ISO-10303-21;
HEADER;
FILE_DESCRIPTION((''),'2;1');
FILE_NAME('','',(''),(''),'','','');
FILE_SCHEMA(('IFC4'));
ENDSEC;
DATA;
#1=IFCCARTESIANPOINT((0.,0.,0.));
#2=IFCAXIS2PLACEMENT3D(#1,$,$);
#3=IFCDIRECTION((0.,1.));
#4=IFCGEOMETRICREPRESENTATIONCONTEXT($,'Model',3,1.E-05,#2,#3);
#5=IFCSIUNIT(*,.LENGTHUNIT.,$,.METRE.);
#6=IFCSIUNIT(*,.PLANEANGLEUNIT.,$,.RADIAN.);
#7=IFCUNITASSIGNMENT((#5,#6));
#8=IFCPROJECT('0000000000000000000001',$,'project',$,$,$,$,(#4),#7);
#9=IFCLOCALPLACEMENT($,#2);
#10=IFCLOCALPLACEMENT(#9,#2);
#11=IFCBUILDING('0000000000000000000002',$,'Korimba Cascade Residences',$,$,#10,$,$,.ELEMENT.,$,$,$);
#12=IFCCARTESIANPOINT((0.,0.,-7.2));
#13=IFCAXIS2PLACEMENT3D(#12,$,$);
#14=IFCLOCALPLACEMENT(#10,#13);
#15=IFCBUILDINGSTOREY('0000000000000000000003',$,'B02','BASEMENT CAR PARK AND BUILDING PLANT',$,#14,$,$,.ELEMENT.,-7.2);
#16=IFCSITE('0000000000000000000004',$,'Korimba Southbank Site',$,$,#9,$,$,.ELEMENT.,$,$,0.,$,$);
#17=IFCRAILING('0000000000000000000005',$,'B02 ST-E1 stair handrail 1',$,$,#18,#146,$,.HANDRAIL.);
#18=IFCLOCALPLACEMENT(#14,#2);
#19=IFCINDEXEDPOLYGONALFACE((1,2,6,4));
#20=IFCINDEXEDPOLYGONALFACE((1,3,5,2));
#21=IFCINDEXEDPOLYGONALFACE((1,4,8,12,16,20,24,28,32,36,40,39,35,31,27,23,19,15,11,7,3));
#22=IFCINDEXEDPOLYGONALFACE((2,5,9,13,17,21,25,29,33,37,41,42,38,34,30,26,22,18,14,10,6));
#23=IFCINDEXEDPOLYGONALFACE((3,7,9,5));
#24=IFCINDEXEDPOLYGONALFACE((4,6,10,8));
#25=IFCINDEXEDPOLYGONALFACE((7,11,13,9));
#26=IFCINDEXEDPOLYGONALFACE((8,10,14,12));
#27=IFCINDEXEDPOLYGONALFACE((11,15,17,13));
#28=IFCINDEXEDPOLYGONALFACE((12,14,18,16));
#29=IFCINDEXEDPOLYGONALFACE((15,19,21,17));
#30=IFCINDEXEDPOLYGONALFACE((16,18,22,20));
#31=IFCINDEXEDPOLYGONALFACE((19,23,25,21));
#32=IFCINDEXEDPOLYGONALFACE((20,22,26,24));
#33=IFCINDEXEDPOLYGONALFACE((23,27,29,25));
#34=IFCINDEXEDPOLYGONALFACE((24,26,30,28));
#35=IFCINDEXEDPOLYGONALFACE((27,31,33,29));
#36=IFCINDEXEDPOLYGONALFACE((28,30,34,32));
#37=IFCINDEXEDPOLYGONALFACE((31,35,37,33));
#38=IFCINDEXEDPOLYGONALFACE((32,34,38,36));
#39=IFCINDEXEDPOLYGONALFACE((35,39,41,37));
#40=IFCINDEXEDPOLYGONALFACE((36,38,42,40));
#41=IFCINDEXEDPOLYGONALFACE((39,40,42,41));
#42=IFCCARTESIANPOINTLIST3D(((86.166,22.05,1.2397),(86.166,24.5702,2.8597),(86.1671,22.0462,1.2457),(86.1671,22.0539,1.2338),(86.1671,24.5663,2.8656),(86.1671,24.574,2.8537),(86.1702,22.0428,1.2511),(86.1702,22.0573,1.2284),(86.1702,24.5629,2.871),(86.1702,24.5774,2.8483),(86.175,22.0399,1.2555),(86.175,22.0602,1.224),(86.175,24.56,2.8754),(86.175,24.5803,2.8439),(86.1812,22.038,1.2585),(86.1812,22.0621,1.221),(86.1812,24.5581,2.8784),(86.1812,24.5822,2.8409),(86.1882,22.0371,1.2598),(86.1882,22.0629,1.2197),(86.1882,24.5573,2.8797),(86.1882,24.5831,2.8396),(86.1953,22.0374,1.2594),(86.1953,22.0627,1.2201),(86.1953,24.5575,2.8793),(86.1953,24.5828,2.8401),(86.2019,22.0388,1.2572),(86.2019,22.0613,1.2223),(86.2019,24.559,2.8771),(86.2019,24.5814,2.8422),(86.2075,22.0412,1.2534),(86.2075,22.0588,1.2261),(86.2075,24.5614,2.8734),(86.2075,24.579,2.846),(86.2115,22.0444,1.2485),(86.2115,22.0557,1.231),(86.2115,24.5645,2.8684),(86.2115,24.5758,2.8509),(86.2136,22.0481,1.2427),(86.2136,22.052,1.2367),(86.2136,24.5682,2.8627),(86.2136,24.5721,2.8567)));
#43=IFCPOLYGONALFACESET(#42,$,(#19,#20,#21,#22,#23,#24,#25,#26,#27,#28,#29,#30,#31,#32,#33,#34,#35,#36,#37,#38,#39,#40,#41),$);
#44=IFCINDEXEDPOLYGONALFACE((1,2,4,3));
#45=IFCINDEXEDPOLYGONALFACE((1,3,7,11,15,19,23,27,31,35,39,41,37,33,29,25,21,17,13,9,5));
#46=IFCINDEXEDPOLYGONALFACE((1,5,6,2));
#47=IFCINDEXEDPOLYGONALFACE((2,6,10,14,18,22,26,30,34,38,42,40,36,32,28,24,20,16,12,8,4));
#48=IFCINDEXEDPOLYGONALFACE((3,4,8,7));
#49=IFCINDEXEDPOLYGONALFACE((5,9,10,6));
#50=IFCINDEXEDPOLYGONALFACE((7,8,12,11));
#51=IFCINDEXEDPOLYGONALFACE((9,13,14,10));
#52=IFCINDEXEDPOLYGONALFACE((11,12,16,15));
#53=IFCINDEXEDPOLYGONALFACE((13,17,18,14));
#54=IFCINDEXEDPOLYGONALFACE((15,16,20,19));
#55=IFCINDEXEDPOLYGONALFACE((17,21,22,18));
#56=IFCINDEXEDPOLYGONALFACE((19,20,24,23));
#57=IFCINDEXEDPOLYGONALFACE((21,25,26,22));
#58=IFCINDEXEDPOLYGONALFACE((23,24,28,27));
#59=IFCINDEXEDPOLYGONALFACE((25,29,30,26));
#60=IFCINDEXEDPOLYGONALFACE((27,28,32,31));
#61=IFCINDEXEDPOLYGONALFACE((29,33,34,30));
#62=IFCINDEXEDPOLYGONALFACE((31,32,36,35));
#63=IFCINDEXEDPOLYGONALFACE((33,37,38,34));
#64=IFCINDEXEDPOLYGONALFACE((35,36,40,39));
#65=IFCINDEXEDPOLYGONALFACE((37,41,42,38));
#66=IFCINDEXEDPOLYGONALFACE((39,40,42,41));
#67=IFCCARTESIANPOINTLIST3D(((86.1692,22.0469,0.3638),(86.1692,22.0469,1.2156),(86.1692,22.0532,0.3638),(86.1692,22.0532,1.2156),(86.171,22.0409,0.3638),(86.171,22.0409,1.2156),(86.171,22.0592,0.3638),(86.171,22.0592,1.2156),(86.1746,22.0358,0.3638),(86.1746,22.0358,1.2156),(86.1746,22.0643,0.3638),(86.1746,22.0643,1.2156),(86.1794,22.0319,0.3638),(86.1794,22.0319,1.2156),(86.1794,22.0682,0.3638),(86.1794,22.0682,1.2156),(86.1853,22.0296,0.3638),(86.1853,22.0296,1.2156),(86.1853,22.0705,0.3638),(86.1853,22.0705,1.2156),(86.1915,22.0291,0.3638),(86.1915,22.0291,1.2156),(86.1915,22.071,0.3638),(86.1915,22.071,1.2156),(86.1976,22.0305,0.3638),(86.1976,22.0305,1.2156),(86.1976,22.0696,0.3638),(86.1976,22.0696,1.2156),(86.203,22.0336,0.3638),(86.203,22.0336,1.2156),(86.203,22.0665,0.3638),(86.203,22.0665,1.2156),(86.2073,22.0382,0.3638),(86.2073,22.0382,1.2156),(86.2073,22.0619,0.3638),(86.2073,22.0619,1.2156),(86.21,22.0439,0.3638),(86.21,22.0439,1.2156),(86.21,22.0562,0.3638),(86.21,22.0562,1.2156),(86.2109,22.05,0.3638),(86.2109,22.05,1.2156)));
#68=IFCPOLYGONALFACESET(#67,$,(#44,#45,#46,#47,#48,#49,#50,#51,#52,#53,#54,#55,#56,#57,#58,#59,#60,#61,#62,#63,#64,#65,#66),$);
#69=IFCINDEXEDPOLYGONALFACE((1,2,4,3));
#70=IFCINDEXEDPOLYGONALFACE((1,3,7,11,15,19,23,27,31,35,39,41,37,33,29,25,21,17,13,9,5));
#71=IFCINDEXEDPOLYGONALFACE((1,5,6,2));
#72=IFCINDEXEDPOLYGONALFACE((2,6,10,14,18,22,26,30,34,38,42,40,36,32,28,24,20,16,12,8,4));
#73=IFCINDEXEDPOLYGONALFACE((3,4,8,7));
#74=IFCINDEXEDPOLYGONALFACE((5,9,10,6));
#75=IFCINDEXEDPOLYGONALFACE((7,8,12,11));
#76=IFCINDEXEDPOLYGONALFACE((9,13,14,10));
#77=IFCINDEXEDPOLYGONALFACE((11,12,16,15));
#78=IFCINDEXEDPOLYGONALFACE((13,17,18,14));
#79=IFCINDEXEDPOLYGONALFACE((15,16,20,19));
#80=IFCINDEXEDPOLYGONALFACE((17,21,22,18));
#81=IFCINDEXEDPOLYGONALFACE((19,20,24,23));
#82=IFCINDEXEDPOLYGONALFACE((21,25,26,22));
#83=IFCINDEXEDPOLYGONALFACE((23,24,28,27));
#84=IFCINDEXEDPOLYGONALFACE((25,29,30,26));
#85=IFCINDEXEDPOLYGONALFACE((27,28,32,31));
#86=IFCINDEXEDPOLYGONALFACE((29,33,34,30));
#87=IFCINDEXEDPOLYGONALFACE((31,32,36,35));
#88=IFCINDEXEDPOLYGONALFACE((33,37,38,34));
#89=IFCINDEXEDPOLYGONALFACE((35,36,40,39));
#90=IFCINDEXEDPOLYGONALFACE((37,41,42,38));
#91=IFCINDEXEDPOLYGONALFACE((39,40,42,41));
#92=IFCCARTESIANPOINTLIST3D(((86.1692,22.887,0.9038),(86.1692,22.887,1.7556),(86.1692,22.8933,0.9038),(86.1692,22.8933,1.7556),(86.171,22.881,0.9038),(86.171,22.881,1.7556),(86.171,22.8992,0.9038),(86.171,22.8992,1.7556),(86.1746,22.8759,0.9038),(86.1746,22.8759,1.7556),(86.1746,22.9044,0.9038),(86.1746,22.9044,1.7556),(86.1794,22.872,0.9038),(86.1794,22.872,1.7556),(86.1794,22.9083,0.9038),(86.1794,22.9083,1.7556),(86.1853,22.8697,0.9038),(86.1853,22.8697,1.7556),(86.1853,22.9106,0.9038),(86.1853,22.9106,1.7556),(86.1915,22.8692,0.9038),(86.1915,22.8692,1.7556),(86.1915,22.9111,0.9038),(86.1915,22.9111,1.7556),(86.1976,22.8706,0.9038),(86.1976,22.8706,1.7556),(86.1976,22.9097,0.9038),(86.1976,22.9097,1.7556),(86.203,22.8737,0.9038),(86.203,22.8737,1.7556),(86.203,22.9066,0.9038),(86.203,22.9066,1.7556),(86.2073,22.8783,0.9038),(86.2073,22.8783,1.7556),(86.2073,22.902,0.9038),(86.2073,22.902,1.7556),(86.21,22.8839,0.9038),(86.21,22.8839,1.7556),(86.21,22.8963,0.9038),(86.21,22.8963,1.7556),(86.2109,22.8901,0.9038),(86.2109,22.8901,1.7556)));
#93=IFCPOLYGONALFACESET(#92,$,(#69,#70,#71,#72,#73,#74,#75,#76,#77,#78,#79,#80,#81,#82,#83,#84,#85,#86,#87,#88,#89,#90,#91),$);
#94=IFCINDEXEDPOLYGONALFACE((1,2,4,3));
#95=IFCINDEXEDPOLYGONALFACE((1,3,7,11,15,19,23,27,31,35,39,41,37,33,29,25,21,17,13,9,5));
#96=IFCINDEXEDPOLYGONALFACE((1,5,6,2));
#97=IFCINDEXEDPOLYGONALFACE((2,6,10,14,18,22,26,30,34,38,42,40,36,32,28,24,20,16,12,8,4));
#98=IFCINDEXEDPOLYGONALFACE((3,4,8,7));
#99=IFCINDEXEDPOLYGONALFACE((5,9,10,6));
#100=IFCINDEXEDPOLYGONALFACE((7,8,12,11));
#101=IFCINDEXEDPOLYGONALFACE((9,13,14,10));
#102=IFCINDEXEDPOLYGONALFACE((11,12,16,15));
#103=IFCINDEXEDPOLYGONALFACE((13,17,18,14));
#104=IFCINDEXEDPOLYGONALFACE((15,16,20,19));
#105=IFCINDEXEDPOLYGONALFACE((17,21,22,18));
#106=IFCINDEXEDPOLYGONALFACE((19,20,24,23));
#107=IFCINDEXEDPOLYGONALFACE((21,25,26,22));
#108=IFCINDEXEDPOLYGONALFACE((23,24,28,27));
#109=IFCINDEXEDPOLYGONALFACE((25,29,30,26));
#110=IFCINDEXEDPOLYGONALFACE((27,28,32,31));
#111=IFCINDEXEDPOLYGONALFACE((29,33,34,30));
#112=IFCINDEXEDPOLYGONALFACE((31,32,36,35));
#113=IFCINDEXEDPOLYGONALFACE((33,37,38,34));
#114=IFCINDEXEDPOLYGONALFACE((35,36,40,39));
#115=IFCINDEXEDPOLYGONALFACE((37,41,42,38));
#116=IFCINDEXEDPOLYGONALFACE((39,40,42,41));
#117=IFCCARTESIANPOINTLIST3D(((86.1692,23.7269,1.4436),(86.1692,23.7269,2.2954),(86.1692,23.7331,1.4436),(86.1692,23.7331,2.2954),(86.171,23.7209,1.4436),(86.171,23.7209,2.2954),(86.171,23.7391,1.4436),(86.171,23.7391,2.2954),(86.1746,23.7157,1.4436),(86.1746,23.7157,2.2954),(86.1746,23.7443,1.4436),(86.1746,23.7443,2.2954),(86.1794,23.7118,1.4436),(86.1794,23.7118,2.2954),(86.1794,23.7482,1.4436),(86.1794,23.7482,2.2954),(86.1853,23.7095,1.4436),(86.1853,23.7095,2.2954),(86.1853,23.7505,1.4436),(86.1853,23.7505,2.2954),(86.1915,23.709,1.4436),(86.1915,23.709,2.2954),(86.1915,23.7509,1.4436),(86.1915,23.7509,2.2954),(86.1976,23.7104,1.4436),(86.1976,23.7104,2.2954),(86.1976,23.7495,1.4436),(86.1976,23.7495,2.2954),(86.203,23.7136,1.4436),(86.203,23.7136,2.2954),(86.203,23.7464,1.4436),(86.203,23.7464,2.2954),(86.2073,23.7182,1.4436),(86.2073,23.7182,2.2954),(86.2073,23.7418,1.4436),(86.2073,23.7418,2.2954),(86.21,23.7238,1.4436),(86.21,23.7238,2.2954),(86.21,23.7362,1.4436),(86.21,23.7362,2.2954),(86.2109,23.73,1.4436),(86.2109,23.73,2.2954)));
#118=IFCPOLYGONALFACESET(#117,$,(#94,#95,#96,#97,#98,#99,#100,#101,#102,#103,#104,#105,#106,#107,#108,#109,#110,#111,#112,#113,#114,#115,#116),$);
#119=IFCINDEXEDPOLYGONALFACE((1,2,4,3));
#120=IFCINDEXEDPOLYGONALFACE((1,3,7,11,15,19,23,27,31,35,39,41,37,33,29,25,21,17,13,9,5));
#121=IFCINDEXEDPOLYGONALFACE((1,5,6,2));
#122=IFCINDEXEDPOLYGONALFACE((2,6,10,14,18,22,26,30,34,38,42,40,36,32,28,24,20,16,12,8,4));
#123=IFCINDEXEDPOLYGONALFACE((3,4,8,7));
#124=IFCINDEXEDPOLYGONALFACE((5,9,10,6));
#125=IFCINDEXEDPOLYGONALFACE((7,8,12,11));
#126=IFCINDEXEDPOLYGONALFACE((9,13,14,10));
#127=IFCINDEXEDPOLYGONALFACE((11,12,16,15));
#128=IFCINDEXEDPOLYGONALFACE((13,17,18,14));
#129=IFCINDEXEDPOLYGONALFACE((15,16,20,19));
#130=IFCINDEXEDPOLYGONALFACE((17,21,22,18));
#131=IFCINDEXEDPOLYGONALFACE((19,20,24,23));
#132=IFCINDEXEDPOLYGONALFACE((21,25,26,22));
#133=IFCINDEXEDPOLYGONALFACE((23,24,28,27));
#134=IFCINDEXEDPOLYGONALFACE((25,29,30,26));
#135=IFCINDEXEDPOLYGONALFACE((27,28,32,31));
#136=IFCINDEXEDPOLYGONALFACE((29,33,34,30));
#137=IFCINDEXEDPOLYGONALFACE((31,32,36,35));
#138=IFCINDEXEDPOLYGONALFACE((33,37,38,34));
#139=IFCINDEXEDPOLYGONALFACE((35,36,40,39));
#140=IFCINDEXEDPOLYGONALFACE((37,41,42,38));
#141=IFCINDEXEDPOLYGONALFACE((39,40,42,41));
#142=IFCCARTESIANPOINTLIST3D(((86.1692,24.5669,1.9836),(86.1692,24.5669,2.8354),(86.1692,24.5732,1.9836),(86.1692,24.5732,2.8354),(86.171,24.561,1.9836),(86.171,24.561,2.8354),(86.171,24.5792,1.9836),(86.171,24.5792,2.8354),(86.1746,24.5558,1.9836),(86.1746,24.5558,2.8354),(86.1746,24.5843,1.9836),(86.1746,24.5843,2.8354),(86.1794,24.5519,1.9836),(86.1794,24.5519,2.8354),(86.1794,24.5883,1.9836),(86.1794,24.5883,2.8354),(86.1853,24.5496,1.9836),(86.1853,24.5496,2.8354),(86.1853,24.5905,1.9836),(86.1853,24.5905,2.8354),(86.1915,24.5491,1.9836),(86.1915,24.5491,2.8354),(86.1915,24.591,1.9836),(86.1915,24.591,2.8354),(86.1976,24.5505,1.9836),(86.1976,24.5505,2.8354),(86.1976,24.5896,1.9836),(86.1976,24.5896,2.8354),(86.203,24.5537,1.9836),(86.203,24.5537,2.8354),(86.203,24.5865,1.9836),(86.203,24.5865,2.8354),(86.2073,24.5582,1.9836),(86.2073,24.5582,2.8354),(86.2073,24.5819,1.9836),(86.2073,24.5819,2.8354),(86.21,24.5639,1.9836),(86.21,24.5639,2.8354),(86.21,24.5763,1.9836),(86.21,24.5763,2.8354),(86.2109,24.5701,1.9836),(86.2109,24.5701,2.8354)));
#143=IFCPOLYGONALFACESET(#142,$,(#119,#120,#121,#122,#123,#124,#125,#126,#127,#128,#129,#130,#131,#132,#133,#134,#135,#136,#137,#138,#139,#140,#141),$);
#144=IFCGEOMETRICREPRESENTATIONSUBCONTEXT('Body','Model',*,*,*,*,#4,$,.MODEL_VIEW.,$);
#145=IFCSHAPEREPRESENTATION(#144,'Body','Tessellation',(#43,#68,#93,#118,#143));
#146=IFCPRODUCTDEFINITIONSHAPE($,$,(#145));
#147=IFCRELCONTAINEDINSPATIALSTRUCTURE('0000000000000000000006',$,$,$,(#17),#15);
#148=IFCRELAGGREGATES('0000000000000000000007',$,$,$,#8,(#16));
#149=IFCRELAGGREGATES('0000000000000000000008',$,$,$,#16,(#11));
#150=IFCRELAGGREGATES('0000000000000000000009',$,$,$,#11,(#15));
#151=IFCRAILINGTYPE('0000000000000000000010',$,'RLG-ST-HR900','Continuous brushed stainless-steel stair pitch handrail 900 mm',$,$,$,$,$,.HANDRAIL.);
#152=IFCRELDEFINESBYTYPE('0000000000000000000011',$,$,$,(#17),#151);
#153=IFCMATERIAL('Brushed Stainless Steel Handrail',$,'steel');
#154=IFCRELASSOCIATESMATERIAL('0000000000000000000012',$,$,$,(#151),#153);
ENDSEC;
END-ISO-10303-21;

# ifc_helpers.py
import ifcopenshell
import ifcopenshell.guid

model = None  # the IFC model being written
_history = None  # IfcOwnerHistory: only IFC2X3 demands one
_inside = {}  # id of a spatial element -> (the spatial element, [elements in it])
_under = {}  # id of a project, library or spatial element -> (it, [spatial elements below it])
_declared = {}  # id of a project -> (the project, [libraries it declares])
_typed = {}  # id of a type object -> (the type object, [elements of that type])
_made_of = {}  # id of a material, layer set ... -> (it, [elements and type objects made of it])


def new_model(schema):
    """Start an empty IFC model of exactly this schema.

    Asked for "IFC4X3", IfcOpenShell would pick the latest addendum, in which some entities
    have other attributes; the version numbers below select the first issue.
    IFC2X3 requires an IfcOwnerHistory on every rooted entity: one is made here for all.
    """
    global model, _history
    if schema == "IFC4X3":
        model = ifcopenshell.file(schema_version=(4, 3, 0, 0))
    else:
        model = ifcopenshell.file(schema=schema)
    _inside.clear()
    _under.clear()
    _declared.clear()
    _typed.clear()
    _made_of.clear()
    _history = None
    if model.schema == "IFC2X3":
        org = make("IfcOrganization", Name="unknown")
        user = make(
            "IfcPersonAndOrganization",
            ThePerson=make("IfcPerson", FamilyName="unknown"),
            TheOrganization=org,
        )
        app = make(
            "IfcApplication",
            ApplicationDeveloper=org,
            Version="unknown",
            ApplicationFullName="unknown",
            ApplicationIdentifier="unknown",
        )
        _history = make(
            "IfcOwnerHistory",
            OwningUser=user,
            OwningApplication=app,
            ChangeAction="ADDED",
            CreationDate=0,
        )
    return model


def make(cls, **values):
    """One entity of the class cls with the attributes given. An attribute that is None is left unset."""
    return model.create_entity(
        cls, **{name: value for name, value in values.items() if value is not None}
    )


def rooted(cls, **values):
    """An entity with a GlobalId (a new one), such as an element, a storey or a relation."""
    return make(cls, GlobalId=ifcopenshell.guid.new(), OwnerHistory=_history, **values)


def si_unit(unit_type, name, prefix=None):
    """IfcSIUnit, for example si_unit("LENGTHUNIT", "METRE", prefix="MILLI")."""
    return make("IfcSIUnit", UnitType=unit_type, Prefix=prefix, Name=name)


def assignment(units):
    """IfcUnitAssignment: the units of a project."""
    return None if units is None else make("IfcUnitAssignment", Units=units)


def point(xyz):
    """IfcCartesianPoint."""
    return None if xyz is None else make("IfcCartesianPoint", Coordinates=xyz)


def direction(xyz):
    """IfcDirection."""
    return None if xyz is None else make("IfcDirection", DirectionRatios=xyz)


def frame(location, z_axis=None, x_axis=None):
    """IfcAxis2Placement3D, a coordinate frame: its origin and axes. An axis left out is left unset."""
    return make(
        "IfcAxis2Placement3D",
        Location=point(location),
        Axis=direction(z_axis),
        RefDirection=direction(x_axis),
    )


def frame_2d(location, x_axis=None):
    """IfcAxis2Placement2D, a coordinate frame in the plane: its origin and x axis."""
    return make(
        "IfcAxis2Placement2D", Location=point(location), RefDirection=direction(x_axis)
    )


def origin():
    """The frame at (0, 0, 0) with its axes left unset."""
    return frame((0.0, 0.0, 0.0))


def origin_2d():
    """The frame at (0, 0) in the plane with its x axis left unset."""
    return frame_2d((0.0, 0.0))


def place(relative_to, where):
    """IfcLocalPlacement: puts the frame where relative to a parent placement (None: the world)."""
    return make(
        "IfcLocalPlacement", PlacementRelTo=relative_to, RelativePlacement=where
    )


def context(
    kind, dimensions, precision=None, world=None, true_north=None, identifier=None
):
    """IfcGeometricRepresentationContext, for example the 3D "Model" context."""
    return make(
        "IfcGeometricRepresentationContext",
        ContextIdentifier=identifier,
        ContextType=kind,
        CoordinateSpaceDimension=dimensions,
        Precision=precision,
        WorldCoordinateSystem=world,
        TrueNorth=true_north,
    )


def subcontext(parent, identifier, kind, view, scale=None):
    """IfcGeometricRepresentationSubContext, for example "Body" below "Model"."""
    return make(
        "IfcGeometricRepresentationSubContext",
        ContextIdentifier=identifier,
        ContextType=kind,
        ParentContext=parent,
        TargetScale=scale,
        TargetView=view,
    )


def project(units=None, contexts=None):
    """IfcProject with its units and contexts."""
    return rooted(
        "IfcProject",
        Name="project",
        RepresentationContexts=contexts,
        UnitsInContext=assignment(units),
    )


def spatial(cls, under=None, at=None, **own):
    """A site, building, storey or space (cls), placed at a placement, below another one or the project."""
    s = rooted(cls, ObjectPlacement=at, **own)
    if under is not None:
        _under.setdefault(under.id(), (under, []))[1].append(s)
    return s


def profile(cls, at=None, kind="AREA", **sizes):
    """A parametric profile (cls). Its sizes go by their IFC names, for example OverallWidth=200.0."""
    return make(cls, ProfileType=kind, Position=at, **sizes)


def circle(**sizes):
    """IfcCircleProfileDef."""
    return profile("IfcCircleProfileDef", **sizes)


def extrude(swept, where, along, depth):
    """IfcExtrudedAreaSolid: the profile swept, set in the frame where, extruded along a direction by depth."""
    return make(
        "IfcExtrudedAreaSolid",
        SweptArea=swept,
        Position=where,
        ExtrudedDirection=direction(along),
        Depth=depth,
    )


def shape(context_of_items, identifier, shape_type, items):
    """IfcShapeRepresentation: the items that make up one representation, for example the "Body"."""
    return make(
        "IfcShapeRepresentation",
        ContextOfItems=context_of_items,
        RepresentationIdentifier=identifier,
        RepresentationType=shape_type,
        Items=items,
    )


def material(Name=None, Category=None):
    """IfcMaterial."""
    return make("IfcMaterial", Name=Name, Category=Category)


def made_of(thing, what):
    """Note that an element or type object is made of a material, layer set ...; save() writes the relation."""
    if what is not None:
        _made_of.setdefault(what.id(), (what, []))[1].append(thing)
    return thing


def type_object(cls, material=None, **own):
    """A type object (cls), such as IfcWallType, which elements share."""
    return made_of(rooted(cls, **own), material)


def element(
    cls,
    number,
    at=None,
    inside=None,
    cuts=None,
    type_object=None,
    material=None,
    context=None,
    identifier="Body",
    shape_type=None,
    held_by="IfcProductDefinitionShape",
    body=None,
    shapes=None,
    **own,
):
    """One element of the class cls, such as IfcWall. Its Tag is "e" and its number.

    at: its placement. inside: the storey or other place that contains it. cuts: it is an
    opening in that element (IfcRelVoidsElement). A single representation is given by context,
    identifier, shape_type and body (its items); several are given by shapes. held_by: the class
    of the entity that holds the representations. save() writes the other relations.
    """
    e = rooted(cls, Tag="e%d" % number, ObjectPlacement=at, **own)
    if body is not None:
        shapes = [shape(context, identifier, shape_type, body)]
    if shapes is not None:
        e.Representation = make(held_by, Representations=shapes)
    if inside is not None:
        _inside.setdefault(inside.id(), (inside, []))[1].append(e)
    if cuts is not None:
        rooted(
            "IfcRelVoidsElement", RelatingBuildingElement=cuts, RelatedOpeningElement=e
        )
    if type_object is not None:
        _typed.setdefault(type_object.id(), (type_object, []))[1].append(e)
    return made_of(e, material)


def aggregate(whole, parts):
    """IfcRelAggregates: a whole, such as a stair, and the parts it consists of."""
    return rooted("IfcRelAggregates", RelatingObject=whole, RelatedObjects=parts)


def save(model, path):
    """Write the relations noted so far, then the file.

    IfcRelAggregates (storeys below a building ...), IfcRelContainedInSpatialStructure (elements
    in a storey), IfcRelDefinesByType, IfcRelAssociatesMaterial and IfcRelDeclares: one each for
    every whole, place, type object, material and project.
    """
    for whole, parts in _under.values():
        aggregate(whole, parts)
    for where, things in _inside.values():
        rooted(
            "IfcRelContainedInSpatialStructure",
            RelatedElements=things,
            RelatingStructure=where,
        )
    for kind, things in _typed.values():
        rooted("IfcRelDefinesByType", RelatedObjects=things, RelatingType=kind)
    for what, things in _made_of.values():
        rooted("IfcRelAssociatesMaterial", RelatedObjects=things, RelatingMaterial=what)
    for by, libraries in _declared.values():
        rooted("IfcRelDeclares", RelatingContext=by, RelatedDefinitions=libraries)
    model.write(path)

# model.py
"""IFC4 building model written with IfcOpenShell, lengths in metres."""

from ifc_helpers import new_model, si_unit, direction, frame, origin, origin_2d, place, context, subcontext, project, spatial, circle, extrude, material, type_object, element, save


model = new_model("IFC4")

# Units and contexts
model_context = context("Model", 3, precision=1e-05, world=origin(), true_north=direction((0.0, 1.0)))
body_context = subcontext(model_context, "Body", "Model", "MODEL_VIEW")
ifc_project = project(units=[si_unit("LENGTHUNIT", "METRE"), si_unit("PLANEANGLEUNIT", "RADIAN")], contexts=[model_context])

# Site, building, storey
site_placement = place(None, origin())
site = spatial("IfcSite", under=ifc_project, at=site_placement, Name="Korimba Southbank Site", CompositionType="ELEMENT", RefElevation=0.0)
building_placement = place(site_placement, origin())
building = spatial("IfcBuilding", under=site, at=building_placement, Name="Korimba Cascade Residences", CompositionType="ELEMENT")
storey_placement = place(building_placement, frame((0.0, 0.0, -7.2)))
storey = spatial("IfcBuildingStorey", under=building, at=storey_placement, Name="B02", Description="BASEMENT CAR PARK AND BUILDING PLANT", CompositionType="ELEMENT", Elevation=-7.2)

# Railing
ifc_material_1 = material(Name="Brushed Stainless Steel Handrail", Category="steel")
railing_type_1 = type_object("IfcRailingType", Name="RLG-ST-HR900", Description="Continuous brushed stainless-steel stair pitch handrail 900 mm", PredefinedType="HANDRAIL", material=ifc_material_1)
railing_1_placement = place(storey_placement, frame((86.1899, 22.05, 0.3638)))
element("IfcRailing", 1, at=railing_1_placement, inside=storey, type_object=railing_type_1, Name="B02 ST-E1 stair handrail 1", PredefinedType="HANDRAIL", context=body_context, shape_type="SweptSolid", body=[
    extrude(circle(Radius=0.0239, at=origin_2d()), frame((0.0, 0.0, 0.876), z_axis=(0.0, 0.8412, 0.540725), x_axis=(-1.0, 0.0, 0.0)), (0.0, 0.0, 1.0), 2.9958),
    extrude(circle(Radius=0.021, at=origin_2d()), origin(), (0.0, 0.0, 1.0), 0.8518),
    extrude(circle(Radius=0.021, at=origin_2d()), frame((0.0, 0.8401, 0.54)), (0.0, 0.0, 1.0), 0.8518),
    extrude(circle(Radius=0.021, at=origin_2d()), frame((0.0, 1.6799, 1.0798)), (0.0, 0.0, 1.0), 0.8518),
    extrude(circle(Radius=0.021, at=origin_2d()), frame((0.0, 2.52, 1.6199)), (0.0, 0.0, 1.0), 0.8518),
])

save(model, "model.ifc")
